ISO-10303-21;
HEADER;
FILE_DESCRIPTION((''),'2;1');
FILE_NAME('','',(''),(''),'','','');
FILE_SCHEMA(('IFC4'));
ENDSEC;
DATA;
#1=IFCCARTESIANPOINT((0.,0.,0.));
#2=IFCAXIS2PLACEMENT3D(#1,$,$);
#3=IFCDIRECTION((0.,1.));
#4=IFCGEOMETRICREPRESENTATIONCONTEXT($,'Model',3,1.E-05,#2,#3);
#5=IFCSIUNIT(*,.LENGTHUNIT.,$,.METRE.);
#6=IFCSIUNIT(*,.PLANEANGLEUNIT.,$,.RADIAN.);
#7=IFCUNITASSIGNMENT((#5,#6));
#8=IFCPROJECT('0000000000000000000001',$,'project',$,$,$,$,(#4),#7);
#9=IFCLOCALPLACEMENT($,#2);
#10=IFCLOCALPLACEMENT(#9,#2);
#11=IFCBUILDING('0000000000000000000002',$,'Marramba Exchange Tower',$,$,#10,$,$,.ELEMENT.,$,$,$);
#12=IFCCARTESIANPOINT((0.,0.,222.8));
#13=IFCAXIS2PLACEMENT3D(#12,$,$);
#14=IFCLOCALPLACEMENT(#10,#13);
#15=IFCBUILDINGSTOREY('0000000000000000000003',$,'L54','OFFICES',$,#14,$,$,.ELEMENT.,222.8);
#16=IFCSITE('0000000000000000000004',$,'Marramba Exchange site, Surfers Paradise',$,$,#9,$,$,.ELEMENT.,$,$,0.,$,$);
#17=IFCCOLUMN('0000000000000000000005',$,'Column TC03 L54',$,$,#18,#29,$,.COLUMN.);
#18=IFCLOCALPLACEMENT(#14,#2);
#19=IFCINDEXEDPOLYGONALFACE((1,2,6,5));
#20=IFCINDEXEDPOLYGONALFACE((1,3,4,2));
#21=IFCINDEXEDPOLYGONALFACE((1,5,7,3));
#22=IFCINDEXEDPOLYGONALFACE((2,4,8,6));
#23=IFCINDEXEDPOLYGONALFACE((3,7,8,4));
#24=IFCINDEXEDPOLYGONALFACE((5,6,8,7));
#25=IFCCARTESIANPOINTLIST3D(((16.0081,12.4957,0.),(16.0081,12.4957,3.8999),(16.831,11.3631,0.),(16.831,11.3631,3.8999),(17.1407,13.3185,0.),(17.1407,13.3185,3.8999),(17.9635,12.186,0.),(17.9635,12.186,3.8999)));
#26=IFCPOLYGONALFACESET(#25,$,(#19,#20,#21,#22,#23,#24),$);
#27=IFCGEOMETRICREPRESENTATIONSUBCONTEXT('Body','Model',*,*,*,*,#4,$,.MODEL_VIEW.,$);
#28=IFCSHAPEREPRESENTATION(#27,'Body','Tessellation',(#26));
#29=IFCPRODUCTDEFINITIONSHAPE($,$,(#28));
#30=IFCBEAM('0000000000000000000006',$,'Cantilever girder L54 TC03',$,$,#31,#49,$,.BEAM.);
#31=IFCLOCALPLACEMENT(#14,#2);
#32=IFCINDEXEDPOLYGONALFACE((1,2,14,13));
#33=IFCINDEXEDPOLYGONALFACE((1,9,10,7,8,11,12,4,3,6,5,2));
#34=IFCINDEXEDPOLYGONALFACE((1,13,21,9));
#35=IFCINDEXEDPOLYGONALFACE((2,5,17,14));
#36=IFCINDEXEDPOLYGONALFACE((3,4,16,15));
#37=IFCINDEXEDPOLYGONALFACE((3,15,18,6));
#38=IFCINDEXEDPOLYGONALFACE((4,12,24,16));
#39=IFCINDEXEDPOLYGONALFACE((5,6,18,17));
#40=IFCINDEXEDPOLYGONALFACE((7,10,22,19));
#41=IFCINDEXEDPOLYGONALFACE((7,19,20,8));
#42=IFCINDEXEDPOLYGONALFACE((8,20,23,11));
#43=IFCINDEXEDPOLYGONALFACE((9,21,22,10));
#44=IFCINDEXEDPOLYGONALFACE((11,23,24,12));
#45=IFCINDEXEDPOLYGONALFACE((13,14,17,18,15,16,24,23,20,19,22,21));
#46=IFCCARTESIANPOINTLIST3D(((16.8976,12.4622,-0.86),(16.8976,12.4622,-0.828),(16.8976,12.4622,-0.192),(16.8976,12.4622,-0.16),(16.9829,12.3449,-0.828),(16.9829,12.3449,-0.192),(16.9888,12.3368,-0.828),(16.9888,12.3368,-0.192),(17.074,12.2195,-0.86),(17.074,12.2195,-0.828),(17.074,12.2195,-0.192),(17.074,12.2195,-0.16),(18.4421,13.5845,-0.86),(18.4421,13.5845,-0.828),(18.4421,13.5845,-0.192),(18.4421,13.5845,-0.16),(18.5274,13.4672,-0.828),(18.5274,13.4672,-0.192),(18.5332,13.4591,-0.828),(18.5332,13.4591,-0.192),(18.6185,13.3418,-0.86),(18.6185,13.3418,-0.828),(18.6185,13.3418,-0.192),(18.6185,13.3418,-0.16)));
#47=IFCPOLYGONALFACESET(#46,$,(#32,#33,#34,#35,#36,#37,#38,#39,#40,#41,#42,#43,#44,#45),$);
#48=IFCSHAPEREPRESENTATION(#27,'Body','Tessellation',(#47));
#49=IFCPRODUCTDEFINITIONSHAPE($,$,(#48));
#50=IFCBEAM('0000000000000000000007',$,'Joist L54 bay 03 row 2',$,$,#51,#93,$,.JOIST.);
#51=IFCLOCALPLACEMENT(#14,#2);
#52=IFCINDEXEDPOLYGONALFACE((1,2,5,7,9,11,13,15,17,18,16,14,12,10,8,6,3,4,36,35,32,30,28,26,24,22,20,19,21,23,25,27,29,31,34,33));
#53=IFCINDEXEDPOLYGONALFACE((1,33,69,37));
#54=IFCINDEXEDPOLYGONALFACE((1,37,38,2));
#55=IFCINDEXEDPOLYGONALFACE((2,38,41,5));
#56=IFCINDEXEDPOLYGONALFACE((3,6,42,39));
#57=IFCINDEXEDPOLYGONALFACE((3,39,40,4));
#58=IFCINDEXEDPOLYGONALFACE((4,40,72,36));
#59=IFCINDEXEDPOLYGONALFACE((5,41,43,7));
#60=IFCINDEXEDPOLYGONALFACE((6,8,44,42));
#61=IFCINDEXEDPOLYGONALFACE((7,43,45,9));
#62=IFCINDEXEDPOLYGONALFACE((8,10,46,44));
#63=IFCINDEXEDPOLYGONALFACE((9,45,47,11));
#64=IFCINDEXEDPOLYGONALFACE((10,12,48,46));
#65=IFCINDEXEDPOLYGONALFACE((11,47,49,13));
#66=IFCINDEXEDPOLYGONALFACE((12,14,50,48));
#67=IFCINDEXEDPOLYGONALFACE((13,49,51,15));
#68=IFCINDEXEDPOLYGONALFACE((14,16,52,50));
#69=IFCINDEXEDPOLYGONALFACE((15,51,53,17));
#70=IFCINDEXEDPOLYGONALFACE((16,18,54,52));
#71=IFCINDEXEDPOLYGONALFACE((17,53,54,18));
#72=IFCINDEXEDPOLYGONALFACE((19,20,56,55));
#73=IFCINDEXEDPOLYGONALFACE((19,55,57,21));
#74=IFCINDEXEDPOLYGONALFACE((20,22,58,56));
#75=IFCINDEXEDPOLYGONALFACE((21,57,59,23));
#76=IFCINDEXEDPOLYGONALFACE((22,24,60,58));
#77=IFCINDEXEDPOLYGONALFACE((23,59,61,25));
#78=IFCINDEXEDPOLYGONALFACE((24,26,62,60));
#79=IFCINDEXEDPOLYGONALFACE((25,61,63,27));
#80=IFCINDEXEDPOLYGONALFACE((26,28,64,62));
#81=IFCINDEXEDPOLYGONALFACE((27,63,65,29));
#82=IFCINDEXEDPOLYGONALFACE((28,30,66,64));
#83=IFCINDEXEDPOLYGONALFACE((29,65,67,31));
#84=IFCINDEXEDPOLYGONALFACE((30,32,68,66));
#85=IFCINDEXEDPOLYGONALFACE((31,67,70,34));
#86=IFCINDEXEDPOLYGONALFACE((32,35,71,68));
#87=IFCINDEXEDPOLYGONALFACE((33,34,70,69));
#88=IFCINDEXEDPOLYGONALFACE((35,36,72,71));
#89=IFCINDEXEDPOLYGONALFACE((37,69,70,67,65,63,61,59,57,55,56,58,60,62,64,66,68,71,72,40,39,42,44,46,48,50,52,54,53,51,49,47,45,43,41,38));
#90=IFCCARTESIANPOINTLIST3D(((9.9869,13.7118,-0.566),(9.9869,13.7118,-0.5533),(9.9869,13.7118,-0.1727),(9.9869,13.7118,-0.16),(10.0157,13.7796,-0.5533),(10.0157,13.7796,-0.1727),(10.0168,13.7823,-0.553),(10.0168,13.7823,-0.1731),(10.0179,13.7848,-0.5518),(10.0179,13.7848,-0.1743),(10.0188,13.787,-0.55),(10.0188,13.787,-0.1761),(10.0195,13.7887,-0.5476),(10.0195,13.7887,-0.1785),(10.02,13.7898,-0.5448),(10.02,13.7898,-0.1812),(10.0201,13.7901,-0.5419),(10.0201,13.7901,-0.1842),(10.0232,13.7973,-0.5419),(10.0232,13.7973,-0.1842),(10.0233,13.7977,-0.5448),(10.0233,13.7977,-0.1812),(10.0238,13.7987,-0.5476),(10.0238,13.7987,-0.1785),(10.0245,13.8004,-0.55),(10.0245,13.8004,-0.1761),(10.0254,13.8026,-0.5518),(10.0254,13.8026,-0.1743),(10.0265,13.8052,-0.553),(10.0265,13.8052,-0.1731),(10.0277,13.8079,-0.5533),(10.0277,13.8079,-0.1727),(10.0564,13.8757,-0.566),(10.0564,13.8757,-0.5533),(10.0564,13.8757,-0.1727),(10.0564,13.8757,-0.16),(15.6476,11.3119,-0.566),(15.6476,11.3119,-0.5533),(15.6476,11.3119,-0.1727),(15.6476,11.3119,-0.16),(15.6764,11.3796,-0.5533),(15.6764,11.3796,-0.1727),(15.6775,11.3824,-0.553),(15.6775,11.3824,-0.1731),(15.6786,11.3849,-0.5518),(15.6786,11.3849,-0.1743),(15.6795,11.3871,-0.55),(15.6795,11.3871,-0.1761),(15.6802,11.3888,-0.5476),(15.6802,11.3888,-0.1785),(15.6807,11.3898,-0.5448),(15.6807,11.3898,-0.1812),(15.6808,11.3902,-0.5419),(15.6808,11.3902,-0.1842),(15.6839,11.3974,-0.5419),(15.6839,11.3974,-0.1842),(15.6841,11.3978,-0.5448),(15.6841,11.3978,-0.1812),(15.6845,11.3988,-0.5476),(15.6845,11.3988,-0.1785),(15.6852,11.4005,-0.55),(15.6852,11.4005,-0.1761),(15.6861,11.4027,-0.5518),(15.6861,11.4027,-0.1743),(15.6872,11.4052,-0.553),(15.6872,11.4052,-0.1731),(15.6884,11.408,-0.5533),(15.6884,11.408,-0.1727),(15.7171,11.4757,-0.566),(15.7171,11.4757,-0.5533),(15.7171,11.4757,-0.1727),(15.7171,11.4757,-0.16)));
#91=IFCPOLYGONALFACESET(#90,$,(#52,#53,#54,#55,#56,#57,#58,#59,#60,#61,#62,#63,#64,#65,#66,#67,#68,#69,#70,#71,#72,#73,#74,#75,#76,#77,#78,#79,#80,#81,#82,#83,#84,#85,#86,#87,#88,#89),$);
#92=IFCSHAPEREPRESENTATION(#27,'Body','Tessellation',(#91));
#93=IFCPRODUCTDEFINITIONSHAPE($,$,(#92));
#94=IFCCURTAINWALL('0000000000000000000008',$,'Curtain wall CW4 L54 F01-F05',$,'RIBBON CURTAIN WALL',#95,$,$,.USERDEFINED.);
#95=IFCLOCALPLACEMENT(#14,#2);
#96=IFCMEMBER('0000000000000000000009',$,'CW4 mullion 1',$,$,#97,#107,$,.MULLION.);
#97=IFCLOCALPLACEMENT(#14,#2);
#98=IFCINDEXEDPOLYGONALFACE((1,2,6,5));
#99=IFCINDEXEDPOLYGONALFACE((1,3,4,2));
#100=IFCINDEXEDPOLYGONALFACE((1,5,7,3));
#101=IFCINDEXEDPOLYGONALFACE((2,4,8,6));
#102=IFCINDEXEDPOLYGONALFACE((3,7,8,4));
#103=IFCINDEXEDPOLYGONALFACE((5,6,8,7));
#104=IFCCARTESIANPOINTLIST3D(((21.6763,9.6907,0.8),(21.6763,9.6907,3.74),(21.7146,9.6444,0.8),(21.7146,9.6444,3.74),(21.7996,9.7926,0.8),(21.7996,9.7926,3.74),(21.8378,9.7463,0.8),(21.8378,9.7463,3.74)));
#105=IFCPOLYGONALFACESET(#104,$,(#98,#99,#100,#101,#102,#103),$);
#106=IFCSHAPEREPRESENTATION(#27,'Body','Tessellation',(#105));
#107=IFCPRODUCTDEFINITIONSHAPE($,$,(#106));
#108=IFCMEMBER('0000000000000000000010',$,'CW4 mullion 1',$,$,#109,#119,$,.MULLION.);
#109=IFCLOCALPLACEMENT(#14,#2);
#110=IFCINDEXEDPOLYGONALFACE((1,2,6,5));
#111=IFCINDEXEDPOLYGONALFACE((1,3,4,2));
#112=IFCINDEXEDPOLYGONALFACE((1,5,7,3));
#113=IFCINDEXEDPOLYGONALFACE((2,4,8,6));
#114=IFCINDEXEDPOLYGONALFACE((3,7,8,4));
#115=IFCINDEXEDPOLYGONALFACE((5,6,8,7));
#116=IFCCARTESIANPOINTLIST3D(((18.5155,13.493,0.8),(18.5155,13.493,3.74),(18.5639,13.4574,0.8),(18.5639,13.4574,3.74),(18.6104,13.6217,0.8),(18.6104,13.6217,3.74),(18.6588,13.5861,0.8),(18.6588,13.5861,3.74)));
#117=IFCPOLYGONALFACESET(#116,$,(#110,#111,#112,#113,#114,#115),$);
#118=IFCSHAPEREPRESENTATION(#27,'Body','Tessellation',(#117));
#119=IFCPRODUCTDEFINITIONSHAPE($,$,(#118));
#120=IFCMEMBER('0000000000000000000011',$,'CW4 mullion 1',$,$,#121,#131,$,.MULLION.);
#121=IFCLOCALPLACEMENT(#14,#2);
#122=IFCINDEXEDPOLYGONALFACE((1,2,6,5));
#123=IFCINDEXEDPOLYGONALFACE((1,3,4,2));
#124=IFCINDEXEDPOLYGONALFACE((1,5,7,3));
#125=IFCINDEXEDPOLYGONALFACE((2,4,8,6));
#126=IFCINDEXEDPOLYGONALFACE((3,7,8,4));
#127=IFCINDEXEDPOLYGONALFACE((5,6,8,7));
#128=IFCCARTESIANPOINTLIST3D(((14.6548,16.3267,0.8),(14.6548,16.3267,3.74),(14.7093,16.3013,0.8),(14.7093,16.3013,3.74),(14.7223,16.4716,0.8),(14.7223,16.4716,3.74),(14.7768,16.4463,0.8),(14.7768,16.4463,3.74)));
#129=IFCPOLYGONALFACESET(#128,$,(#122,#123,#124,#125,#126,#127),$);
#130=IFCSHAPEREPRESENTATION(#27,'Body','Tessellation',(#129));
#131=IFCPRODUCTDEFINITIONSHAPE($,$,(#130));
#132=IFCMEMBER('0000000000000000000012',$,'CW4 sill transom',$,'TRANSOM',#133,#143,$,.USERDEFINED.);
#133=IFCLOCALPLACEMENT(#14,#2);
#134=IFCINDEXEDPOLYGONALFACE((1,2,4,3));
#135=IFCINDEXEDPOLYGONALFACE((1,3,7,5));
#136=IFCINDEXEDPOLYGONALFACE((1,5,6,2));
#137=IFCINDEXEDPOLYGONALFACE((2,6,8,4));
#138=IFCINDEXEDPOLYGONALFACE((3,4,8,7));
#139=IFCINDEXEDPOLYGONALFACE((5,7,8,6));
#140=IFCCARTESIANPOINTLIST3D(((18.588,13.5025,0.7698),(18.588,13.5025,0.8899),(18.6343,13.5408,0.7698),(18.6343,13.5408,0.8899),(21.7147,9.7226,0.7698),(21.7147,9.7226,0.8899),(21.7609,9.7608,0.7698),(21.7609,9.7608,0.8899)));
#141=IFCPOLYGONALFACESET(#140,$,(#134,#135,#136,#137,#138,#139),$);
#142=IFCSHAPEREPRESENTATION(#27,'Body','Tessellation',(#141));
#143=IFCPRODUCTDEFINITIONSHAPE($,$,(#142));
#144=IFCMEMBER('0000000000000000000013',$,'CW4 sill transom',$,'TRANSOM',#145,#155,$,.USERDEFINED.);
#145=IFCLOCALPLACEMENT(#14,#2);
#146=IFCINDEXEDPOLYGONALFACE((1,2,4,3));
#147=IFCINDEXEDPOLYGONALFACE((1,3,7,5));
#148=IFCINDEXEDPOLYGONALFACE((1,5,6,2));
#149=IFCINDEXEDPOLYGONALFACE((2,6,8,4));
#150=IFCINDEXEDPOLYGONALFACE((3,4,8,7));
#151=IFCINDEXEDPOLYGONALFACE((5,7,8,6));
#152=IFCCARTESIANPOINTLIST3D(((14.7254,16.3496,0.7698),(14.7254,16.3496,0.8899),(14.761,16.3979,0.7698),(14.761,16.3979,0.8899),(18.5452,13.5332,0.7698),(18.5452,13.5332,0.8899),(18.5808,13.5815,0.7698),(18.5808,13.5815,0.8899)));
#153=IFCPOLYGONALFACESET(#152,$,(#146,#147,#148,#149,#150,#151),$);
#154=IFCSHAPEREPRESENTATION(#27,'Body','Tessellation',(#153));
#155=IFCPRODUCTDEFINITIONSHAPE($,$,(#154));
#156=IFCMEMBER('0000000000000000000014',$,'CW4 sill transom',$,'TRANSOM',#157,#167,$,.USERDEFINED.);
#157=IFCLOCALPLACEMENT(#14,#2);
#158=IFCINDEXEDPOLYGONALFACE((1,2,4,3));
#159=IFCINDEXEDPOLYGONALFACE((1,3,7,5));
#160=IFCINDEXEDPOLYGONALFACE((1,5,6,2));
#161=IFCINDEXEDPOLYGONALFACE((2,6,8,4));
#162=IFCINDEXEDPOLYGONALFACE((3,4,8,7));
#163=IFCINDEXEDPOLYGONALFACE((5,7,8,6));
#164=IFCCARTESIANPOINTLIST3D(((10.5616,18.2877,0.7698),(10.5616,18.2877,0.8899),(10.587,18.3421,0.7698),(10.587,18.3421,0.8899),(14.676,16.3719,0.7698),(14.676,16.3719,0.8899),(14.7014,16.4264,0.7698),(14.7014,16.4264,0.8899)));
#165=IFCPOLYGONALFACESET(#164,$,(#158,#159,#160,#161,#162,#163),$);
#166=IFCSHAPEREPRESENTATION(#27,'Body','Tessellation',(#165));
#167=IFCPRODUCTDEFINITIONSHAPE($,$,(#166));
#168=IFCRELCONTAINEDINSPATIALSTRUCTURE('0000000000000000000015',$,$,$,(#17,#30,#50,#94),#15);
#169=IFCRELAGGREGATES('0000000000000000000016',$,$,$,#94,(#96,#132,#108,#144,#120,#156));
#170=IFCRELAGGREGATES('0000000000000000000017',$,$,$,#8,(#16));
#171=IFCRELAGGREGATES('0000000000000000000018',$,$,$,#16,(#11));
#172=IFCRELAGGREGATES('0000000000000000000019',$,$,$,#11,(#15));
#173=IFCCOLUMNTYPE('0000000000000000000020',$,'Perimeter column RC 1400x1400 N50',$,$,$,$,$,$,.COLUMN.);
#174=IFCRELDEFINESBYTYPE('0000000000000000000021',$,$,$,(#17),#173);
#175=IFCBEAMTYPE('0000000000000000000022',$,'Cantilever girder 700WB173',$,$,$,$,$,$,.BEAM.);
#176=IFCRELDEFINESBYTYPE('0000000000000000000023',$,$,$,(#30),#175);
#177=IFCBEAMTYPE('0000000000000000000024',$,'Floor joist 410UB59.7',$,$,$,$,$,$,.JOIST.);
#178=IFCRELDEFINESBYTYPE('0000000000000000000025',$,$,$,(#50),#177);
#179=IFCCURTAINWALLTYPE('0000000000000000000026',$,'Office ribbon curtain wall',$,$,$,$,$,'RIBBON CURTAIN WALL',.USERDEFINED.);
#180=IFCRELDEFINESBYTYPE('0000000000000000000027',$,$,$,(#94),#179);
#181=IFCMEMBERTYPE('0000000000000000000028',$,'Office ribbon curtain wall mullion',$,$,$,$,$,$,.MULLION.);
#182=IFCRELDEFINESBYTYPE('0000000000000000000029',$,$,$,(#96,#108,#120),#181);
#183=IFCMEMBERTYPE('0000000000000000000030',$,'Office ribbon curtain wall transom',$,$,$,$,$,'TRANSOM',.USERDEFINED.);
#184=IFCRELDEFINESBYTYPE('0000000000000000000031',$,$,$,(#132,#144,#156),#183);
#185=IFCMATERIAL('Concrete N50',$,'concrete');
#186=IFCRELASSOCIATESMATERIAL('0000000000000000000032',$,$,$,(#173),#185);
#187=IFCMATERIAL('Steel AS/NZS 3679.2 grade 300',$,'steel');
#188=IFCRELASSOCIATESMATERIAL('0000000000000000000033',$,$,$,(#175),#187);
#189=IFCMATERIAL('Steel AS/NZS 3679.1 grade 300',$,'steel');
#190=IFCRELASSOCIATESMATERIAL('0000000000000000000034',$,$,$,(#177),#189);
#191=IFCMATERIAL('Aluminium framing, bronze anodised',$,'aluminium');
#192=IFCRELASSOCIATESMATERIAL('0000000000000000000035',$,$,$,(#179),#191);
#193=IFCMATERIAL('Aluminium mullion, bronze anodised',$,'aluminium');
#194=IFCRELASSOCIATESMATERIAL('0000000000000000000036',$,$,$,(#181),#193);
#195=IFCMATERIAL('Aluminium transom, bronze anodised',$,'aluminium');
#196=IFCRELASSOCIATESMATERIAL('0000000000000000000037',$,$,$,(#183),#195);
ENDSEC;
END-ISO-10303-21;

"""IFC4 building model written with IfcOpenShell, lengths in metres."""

from ifc_helpers import new_model, si_unit, direction, frame, origin, origin_2d, place, context, subcontext, project, spatial, rectangle, i_section, extrude, material, material_profile, profile_set, type_object, element, aggregate, save


model = new_model("IFC4")

# Units and contexts
model_context = context("Model", 3, precision=1e-05, world=origin(), true_north=direction((0.0, 1.0)))
body_context = subcontext(model_context, "Body", "Model", "MODEL_VIEW")
ifc_project = project(units=[si_unit("LENGTHUNIT", "METRE"), si_unit("PLANEANGLEUNIT", "RADIAN")], contexts=[model_context])

# Site, building, storey
site_placement = place(None, origin())
site = spatial("IfcSite", under=ifc_project, at=site_placement, Name="Marramba Exchange site, Surfers Paradise", CompositionType="ELEMENT", RefElevation=0.0)
building_placement = place(site_placement, origin())
building = spatial("IfcBuilding", under=site, at=building_placement, Name="Marramba Exchange Tower", CompositionType="ELEMENT")
storey_placement = place(building_placement, frame((0.0, 0.0, 222.8)))
storey = spatial("IfcBuildingStorey", under=building, at=storey_placement, Name="L54", Description="OFFICES", CompositionType="ELEMENT", Elevation=222.8)

# Column
ifc_material_1 = material(Name="Concrete N50", Category="concrete")
ifc_material_profile_1 = material_profile(ifc_material_1, rectangle(XDim=1.3999, YDim=1.3999, at=origin_2d()), Name="RC 1400x1400")
ifc_profile_set_1 = profile_set([ifc_material_profile_1], Name="Concrete N50")
column_type = type_object("IfcColumnType", Name="Perimeter column RC 1400x1400 N50", PredefinedType="COLUMN", material=ifc_profile_set_1)
column_placement = place(storey_placement, frame((16.9858, 12.3408, 0.0), z_axis=(0.0, 0.0, 1.0), x_axis=(0.809017, 0.587785, 0.0)))
element("IfcColumn", 1, at=column_placement, inside=storey, type_object=column_type, Name="Column TC03 L54", PredefinedType="COLUMN", context=body_context, shape_type="SweptSolid", body=[
    extrude(rectangle(XDim=1.3999, YDim=1.3999, at=origin_2d()), origin(), (0.0, 0.0, 1.0), 3.8999),
])

# Beams
ifc_material_2 = material(Name="Steel AS/NZS 3679.2 grade 300", Category="steel")
ifc_material_profile_2 = material_profile(ifc_material_2, i_section(OverallWidth=0.3, OverallDepth=0.7, WebThickness=0.01, FlangeThickness=0.032, at=origin_2d()), Name="700WB173")
ifc_profile_set_2 = profile_set([ifc_material_profile_2], Name="Steel AS/NZS 3679.2 grade 300")
beam_type_1 = type_object("IfcBeamType", Name="Cantilever girder 700WB173", PredefinedType="BEAM", material=ifc_profile_set_2)
beam_1_placement = place(storey_placement, frame((16.9858, 12.3408, -0.51), z_axis=(0.808963, 0.58786, 0.0), x_axis=(-0.58786, 0.808963, 0.0)))
element("IfcBeam", 2, at=beam_1_placement, inside=storey, type_object=beam_type_1, Name="Cantilever girder L54 TC03", PredefinedType="BEAM", context=body_context, shape_type="SweptSolid", body=[
    extrude(i_section(OverallWidth=0.3, OverallDepth=0.7, WebThickness=0.01, FlangeThickness=0.032, at=origin_2d()), origin(), (0.0, 0.0, 1.0), 1.9092),
])
ifc_material_3 = material(Name="Steel AS/NZS 3679.1 grade 300", Category="steel")
ifc_material_profile_3 = material_profile(ifc_material_3, i_section(OverallWidth=0.178, OverallDepth=0.406, WebThickness=0.0078, FlangeThickness=0.0127, FilletRadius=0.0115, at=origin_2d()), Name="410UB59.7")
ifc_profile_set_3 = profile_set([ifc_material_profile_3], Name="Steel AS/NZS 3679.1 grade 300")
beam_type_2 = type_object("IfcBeamType", Name="Floor joist 410UB59.7", PredefinedType="JOIST", material=ifc_profile_set_3)
beam_2_placement = place(storey_placement, frame((15.6824, 11.3938, -0.363), z_axis=(-0.920674, 0.390332, 0.0), x_axis=(-0.390332, -0.920674, 0.0)))
element("IfcBeam", 3, at=beam_2_placement, inside=storey, type_object=beam_type_2, Name="Joist L54 bay 03 row 2", PredefinedType="JOIST", context=body_context, shape_type="SweptSolid", body=[
    extrude(i_section(OverallWidth=0.178, OverallDepth=0.406, WebThickness=0.0078, FlangeThickness=0.0127, FilletRadius=0.0115, at=origin_2d()), origin(), (0.0, 0.0, 1.0), 6.1484),
])

# Curtain wall, members
ifc_material_4 = material(Name="Aluminium framing, bronze anodised", Category="aluminium")
curtain_wall_type = type_object("IfcCurtainWallType", Name="Office ribbon curtain wall", ElementType="RIBBON CURTAIN WALL", PredefinedType="USERDEFINED", material=ifc_material_4)
curtain_wall_placement = place(storey_placement, origin())
curtain_wall = element("IfcCurtainWall", 4, at=curtain_wall_placement, inside=storey, type_object=curtain_wall_type, Name="Curtain wall CW4 L54 F01-F05", ObjectType="RIBBON CURTAIN WALL", PredefinedType="USERDEFINED")
ifc_material_5 = material(Name="Aluminium mullion, bronze anodised", Category="aluminium")
ifc_material_profile_4 = material_profile(ifc_material_5, rectangle(XDim=0.1599, YDim=0.0601, at=origin_2d()), Name="CW4 mullion 60x160")
ifc_profile_set_4 = profile_set([ifc_material_profile_4], Name="Aluminium mullion, bronze anodised")
member_type_1 = type_object("IfcMemberType", Name="Office ribbon curtain wall mullion", PredefinedType="MULLION", material=ifc_profile_set_4)
member_1_placement = place(storey_placement, frame((21.7571, 9.7185, 0.8), z_axis=(0.0, 0.0, 1.0), x_axis=(-0.770574, -0.63735, 0.0)))
member_1 = element("IfcMember", 5, at=member_1_placement, type_object=member_type_1, Name="CW4 mullion 1", PredefinedType="MULLION", context=body_context, shape_type="SweptSolid", body=[
    extrude(rectangle(XDim=0.1599, YDim=0.0601, at=origin_2d()), origin(), (0.0, 0.0, 1.0), 2.9399),
])
member_2_placement = place(storey_placement, frame((18.5872, 13.5396, 0.8), z_axis=(0.0, 0.0, 1.0), x_axis=(-0.593441, -0.804877, 0.0)))
member_2 = element("IfcMember", 6, at=member_2_placement, type_object=member_type_1, Name="CW4 mullion 1", PredefinedType="MULLION", context=body_context, shape_type="SweptSolid", body=[
    extrude(rectangle(XDim=0.1599, YDim=0.0601, at=origin_2d()), origin(), (0.0, 0.0, 1.0), 2.9399),
])
member_3_placement = place(storey_placement, frame((14.7158, 16.3865, 0.8), z_axis=(0.0, 0.0, 1.0), x_axis=(-0.422133, -0.906534, 0.0)))
member_3 = element("IfcMember", 7, at=member_3_placement, type_object=member_type_1, Name="CW4 mullion 1", PredefinedType="MULLION", context=body_context, shape_type="SweptSolid", body=[
    extrude(rectangle(XDim=0.1599, YDim=0.0601, at=origin_2d()), origin(), (0.0, 0.0, 1.0), 2.9399),
])
ifc_material_6 = material(Name="Aluminium transom, bronze anodised", Category="aluminium")
ifc_material_profile_5 = material_profile(ifc_material_6, rectangle(XDim=0.0601, YDim=0.1201, at=origin_2d()), Name="CW4 transom 60x120")
ifc_profile_set_5 = profile_set([ifc_material_profile_5], Name="Aluminium transom, bronze anodised")
member_type_2 = type_object("IfcMemberType", Name="Office ribbon curtain wall transom", ElementType="TRANSOM", PredefinedType="USERDEFINED", material=ifc_profile_set_5)
member_4_placement = place(storey_placement, frame((21.7378, 9.7417, 0.8298), z_axis=(-0.637375, 0.770554, 0.0), x_axis=(-0.770554, -0.637375, 0.0)))
member_4 = element("IfcMember", 8, at=member_4_placement, type_object=member_type_2, Name="CW4 sill transom", ObjectType="TRANSOM", PredefinedType="USERDEFINED", context=body_context, shape_type="SweptSolid", body=[
    extrude(rectangle(XDim=0.0601, YDim=0.1201, at=origin_2d()), origin(), (0.0, 0.0, 1.0), 4.9055),
])
member_5_placement = place(storey_placement, frame((18.563, 13.5574, 0.8298), z_axis=(-0.804875, 0.593445, 0.0), x_axis=(-0.593445, -0.804875, 0.0)))
member_5 = element("IfcMember", 9, at=member_5_placement, type_object=member_type_2, Name="CW4 sill transom", ObjectType="TRANSOM", PredefinedType="USERDEFINED", context=body_context, shape_type="SweptSolid", body=[
    extrude(rectangle(XDim=0.0601, YDim=0.1201, at=origin_2d()), origin(), (0.0, 0.0, 1.0), 4.7458),
])
member_6_placement = place(storey_placement, frame((14.6887, 16.3992, 0.8298), z_axis=(-0.906548, 0.422102, 0.0), x_axis=(-0.422102, -0.906548, 0.0)))
member_6 = element("IfcMember", 10, at=member_6_placement, type_object=member_type_2, Name="CW4 sill transom", ObjectType="TRANSOM", PredefinedType="USERDEFINED", context=body_context, shape_type="SweptSolid", body=[
    extrude(rectangle(XDim=0.0601, YDim=0.1201, at=origin_2d()), origin(), (0.0, 0.0, 1.0), 4.5386),
])

aggregate(curtain_wall, [member_1, member_4, member_2, member_5, member_3, member_6])

save(model, "model.ifc")
